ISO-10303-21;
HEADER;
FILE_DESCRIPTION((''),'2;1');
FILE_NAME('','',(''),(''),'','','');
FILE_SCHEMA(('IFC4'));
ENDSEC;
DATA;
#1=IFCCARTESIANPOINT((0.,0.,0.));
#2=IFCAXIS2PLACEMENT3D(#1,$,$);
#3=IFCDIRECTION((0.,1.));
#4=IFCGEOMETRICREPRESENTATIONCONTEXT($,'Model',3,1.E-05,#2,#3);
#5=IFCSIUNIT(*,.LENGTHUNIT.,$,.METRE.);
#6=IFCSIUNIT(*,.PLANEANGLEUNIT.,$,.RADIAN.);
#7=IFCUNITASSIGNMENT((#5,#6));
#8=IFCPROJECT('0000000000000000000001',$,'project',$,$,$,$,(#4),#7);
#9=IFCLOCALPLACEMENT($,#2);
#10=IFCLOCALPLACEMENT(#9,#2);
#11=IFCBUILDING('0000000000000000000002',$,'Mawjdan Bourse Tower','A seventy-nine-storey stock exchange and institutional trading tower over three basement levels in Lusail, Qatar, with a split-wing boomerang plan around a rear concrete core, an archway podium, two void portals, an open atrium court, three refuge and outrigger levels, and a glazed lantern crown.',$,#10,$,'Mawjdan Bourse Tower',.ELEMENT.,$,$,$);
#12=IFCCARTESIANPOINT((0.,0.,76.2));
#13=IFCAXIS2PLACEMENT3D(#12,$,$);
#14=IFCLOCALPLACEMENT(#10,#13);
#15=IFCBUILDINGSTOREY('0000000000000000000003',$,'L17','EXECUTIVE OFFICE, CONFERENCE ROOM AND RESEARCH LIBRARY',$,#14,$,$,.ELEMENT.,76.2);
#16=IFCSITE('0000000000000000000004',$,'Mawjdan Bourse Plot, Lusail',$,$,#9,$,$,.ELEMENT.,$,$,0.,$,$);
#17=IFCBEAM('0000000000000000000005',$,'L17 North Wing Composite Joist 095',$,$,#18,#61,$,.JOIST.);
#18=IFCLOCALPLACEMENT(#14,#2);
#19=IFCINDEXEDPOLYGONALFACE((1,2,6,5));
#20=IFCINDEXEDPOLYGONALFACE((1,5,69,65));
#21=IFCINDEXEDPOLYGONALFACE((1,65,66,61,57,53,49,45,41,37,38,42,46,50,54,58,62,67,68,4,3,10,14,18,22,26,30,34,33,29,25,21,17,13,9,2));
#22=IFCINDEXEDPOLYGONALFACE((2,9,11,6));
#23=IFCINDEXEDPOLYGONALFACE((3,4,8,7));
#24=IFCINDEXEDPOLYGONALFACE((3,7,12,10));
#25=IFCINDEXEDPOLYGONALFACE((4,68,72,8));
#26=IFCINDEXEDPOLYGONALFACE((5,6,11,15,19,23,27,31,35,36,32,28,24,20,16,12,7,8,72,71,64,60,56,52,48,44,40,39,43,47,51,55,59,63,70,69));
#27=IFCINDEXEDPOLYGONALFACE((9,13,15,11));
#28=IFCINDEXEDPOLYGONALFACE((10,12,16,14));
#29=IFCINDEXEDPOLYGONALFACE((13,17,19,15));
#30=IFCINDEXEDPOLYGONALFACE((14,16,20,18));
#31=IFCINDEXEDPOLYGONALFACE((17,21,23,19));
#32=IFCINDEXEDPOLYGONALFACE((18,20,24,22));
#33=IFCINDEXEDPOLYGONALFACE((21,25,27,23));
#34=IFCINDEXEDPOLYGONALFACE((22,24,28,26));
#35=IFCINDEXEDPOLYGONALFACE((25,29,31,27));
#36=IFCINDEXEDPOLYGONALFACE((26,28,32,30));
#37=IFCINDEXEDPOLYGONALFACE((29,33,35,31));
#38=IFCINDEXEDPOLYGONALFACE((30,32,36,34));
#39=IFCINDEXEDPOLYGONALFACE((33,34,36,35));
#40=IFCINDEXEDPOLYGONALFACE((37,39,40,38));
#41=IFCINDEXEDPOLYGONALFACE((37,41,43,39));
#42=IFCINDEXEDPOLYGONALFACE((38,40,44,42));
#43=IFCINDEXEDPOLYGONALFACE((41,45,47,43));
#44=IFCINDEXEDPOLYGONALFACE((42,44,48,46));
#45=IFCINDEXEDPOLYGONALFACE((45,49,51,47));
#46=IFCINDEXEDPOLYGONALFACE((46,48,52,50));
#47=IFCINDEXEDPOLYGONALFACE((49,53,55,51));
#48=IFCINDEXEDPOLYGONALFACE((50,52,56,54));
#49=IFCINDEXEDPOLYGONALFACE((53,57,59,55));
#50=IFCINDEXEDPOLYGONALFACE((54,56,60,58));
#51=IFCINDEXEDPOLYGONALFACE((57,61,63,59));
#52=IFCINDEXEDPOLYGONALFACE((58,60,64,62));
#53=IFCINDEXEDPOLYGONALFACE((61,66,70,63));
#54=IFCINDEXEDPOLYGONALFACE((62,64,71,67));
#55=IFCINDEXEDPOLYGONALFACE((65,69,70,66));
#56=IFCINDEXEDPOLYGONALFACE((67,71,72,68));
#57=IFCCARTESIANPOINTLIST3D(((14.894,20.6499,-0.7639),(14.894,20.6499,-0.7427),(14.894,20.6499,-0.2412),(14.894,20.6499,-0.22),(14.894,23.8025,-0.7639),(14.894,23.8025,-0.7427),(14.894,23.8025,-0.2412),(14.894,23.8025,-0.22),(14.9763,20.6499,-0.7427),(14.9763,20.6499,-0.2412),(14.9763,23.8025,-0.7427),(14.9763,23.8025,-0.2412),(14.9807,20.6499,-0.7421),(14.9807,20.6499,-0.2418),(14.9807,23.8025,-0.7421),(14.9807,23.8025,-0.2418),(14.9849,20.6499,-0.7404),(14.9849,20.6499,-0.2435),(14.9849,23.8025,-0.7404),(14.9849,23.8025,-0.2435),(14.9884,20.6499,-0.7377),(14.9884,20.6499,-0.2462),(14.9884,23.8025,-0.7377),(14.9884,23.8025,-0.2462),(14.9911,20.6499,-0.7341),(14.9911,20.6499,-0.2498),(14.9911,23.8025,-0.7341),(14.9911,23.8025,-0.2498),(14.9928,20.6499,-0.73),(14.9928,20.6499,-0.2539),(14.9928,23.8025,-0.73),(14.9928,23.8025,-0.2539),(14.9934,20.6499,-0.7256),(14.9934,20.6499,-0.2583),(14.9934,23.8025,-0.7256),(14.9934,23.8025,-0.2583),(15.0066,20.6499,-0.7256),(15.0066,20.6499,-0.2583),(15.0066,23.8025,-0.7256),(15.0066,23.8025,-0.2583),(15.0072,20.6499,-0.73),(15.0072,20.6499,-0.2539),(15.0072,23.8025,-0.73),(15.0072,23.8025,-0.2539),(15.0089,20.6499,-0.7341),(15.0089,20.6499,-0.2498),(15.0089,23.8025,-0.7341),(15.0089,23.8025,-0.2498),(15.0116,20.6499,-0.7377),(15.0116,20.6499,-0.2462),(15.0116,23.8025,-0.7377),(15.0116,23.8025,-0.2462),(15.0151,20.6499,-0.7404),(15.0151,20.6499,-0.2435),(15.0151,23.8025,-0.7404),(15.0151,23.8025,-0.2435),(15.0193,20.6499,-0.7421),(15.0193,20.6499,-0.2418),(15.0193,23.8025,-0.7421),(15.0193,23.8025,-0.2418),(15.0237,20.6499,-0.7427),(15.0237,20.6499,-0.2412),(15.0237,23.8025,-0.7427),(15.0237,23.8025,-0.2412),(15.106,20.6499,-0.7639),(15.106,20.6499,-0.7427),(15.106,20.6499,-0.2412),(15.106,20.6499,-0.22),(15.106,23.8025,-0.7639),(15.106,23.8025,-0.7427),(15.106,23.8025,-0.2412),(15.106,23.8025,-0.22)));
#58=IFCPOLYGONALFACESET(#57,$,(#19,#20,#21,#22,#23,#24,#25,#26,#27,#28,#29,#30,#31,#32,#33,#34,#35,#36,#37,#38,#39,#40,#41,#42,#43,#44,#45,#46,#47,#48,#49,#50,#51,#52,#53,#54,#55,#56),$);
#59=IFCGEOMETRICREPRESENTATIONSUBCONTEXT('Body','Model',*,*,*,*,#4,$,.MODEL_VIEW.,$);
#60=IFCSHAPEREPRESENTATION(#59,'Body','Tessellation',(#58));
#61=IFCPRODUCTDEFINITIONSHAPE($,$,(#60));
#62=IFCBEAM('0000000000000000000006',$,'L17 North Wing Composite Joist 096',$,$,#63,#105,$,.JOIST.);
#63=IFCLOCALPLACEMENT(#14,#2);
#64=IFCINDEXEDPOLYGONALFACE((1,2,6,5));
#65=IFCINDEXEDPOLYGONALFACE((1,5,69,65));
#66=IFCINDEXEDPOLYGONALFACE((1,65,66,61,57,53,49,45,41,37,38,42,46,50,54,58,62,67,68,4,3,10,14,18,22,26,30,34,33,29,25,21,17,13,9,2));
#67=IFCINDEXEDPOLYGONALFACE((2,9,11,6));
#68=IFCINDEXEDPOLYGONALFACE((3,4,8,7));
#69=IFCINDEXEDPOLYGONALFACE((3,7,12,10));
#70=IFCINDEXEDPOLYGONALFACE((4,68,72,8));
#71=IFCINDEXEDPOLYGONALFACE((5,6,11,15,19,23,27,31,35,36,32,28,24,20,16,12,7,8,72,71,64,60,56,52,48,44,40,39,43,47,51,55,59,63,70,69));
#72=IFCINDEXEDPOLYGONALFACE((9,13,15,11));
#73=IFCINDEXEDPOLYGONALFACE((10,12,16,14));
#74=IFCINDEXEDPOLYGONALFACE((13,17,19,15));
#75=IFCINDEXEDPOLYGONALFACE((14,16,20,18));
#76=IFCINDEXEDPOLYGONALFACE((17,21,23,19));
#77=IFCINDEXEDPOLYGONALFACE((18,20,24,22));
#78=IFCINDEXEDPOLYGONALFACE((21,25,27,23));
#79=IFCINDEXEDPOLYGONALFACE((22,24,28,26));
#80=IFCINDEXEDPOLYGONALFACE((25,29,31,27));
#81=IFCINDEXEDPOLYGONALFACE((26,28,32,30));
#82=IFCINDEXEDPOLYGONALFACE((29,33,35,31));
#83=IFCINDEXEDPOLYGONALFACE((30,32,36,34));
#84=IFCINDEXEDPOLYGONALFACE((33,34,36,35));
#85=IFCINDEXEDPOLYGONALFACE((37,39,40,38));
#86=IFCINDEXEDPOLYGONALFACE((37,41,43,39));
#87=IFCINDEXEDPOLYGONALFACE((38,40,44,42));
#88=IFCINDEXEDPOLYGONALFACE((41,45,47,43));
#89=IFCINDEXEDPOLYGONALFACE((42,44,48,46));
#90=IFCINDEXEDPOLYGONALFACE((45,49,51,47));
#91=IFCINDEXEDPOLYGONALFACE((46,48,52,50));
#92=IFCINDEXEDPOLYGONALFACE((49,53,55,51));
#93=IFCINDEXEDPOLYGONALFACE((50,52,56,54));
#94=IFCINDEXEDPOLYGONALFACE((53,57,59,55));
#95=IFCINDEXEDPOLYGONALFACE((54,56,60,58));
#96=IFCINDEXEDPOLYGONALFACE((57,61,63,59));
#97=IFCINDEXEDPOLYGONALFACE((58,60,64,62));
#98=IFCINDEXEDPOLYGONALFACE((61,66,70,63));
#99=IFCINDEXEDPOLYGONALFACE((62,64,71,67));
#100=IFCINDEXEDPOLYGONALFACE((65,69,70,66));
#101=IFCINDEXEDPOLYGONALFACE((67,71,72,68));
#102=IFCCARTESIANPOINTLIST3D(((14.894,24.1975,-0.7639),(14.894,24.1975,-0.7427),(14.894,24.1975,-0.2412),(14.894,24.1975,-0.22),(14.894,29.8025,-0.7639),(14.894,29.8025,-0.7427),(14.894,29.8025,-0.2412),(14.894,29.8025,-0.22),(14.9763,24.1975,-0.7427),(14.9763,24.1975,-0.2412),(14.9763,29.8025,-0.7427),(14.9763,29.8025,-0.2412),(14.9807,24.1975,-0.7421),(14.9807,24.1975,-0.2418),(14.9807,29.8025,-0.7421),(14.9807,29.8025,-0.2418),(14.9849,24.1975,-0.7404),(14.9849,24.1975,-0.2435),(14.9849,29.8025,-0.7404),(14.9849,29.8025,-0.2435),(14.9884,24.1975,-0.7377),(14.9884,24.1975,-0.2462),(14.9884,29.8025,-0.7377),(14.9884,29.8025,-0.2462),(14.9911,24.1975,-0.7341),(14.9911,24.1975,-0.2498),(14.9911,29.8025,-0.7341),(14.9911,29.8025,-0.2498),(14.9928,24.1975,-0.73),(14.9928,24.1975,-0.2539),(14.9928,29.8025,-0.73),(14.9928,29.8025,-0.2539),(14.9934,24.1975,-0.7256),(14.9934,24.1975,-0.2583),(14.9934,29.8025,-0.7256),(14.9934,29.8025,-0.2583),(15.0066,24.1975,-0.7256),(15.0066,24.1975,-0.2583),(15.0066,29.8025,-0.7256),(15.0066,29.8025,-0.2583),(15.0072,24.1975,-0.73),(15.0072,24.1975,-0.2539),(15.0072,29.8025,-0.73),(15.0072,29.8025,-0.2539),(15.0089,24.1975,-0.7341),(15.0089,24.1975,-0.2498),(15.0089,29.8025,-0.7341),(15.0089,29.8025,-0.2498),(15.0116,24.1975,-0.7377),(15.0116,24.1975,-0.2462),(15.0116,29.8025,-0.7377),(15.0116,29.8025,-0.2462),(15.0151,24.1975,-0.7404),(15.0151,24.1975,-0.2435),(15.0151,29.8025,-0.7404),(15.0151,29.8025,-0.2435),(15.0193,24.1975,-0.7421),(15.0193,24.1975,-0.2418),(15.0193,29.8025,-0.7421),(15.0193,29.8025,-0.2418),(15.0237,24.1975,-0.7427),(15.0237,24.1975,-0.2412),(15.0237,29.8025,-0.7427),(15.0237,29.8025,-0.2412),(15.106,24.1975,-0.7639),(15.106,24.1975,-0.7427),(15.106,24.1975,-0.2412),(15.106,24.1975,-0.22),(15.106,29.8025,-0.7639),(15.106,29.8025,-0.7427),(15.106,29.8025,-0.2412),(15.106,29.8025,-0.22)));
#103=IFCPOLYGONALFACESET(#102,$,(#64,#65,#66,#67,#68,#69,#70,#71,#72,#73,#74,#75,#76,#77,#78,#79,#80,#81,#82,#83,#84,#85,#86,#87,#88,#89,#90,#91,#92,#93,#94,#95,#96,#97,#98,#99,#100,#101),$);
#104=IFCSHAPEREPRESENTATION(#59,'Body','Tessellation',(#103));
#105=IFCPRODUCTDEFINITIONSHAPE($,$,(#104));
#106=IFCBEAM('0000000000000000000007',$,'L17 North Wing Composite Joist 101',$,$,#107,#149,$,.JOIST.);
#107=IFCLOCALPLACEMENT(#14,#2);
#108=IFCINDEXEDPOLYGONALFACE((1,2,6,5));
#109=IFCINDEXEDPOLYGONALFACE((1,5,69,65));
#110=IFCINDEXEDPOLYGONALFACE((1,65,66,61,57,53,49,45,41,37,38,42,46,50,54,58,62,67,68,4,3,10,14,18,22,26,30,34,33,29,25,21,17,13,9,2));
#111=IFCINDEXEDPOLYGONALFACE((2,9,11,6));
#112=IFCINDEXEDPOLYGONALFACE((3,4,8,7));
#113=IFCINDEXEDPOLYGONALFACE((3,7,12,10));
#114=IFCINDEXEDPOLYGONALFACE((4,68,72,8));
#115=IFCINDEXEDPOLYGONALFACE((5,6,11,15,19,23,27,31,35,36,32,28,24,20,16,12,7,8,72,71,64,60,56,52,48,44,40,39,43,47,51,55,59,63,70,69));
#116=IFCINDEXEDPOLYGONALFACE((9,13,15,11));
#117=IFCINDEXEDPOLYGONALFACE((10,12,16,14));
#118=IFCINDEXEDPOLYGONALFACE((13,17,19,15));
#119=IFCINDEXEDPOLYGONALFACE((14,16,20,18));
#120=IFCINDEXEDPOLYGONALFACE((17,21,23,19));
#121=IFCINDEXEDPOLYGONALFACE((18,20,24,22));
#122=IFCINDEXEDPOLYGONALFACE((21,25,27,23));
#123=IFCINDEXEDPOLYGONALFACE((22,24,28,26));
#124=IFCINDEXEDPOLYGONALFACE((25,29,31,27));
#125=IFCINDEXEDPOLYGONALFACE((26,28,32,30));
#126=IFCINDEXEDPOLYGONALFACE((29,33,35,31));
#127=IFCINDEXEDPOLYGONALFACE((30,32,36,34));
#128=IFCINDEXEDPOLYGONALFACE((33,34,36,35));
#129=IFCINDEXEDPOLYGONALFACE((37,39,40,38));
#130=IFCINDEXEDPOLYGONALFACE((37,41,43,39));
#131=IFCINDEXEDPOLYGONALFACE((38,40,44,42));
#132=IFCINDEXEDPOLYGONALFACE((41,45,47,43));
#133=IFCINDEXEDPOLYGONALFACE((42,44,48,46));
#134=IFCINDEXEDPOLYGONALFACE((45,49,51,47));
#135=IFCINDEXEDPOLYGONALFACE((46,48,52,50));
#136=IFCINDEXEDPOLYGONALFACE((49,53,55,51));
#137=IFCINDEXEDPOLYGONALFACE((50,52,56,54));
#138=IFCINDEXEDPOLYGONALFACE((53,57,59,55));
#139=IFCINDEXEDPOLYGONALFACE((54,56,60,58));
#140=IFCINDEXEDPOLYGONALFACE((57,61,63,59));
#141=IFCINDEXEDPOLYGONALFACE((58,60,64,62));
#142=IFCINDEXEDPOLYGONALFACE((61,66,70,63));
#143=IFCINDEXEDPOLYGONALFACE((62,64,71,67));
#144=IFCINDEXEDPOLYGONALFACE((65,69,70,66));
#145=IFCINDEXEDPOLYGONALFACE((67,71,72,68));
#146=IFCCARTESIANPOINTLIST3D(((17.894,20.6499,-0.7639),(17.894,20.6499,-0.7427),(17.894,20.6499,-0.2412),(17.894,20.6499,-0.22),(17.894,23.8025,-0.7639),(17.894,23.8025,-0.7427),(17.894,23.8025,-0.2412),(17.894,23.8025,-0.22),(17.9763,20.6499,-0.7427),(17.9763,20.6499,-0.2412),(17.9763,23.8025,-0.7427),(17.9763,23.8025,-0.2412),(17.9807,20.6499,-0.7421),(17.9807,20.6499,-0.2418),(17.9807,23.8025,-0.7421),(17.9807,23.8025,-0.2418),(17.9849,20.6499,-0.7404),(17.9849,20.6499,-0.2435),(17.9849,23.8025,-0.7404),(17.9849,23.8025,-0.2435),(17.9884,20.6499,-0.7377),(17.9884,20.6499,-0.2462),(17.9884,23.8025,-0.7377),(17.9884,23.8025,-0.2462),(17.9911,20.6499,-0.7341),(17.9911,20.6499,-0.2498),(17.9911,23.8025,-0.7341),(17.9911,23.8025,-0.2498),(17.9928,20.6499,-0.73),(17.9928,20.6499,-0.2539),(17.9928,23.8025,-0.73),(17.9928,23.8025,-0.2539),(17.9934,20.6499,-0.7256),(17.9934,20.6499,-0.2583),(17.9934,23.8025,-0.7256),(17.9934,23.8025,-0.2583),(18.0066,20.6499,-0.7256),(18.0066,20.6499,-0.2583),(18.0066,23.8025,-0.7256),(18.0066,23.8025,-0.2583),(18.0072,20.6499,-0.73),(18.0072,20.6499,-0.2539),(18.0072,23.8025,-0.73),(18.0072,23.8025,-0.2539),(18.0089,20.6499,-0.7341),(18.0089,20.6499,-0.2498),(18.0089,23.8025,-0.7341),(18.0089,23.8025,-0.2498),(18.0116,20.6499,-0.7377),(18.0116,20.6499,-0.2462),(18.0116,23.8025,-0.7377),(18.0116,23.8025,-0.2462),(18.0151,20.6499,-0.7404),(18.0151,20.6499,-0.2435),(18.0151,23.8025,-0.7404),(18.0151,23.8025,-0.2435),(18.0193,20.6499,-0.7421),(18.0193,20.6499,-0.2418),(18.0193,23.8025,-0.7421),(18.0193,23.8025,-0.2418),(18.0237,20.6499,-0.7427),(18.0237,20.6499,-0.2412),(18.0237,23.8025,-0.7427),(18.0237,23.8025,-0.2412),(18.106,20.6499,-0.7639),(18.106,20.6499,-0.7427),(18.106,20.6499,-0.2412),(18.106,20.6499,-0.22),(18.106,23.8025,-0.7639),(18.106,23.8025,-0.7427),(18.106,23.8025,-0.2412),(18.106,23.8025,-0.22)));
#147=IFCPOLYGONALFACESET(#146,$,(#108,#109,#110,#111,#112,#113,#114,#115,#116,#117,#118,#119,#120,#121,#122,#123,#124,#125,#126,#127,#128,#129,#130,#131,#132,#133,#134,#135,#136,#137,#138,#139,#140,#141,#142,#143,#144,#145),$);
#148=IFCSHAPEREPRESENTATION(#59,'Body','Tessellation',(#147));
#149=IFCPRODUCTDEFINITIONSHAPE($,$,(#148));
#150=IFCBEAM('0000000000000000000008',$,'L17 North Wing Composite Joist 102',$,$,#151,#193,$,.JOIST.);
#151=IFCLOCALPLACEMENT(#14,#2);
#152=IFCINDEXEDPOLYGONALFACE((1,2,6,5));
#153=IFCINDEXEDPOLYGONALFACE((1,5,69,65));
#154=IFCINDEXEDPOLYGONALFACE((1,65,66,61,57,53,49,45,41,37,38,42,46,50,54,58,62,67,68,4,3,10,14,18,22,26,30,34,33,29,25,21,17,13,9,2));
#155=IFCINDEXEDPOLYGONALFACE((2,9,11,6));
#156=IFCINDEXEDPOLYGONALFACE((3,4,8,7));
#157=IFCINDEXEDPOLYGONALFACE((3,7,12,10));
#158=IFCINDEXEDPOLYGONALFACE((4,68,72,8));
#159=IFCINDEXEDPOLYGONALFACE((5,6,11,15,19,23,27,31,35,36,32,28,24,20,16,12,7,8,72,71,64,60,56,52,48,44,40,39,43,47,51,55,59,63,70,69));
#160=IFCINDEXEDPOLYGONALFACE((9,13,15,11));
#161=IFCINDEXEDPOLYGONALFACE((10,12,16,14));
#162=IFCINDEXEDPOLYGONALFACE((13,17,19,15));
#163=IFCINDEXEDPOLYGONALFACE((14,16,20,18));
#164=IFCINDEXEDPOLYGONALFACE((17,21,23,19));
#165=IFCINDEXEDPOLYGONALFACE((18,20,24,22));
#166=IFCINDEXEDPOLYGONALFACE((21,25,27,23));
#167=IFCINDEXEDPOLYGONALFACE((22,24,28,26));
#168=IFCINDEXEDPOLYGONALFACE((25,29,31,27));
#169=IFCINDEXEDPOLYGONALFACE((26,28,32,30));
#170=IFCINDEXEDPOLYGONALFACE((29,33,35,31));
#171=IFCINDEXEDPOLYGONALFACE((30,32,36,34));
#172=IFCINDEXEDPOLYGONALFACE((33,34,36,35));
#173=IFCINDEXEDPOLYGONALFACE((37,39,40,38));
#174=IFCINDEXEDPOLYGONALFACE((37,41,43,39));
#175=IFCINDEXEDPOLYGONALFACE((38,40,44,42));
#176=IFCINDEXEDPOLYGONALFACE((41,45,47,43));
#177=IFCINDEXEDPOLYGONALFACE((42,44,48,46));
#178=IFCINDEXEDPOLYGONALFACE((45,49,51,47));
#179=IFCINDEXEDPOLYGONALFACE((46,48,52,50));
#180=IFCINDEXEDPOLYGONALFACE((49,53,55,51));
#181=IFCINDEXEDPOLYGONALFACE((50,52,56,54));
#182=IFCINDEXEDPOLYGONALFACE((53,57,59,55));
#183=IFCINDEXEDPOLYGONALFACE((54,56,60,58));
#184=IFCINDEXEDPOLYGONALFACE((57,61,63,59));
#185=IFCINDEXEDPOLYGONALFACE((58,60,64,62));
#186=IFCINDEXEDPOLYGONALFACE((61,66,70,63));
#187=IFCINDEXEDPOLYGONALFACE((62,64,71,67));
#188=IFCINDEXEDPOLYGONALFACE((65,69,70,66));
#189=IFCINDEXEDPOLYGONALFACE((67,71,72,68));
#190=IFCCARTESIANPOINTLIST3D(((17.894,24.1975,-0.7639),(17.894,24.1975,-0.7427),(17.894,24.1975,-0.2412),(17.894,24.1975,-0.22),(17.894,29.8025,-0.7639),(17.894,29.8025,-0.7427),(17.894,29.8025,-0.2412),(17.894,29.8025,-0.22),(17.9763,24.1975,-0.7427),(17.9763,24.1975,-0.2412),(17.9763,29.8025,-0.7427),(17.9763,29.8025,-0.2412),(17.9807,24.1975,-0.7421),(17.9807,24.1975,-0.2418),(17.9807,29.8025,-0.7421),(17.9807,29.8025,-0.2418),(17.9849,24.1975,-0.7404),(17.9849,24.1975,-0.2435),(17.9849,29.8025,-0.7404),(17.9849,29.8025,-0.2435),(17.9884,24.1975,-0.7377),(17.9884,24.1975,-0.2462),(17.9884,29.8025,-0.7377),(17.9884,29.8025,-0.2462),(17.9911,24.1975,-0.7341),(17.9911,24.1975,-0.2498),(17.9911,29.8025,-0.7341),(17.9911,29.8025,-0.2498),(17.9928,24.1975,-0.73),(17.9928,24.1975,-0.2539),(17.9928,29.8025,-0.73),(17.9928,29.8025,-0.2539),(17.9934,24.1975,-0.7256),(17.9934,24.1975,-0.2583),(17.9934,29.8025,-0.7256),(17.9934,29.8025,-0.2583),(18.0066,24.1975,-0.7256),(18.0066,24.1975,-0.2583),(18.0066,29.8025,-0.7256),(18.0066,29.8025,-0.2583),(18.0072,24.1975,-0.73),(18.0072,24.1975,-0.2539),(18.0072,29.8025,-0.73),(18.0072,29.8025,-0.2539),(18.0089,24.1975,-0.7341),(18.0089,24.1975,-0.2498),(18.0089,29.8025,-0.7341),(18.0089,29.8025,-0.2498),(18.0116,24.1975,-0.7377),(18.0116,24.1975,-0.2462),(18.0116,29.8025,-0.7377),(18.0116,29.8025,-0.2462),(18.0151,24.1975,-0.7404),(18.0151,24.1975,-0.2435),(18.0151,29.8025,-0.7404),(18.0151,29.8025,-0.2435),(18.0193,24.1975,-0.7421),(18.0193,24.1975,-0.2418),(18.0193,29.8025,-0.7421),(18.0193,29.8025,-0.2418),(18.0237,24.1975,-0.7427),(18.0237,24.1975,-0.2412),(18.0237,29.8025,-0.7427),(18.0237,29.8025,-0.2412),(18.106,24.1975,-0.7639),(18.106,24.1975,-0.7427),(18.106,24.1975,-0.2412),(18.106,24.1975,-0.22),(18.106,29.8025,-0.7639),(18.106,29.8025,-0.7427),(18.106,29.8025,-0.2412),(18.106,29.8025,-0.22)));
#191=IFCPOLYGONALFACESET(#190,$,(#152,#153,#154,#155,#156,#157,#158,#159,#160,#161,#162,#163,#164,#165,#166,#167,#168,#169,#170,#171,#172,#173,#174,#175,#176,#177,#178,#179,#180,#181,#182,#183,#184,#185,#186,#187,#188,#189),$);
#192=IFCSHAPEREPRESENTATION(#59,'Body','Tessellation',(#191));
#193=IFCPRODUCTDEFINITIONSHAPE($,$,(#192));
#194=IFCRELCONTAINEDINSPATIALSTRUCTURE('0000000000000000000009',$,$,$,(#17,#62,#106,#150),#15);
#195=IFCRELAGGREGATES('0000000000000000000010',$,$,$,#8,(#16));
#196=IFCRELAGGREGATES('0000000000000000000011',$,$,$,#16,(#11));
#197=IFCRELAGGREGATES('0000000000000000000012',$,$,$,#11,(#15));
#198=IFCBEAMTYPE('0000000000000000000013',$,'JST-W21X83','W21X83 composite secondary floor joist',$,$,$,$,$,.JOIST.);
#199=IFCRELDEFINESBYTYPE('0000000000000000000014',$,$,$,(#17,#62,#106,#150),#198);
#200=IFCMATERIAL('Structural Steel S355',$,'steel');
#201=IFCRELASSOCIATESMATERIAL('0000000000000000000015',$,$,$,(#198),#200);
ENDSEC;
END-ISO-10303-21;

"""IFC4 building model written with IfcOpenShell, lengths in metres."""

from ifc_helpers import new_model, si_unit, direction, frame, origin, origin_2d, place, context, subcontext, project, spatial, i_section, extrude, material, material_profile, profile_set, type_object, element, save


model = new_model("IFC4")

# Units and contexts
model_context = context("Model", 3, precision=1e-05, world=origin(), true_north=direction((0.0, 1.0)))
body_context = subcontext(model_context, "Body", "Model", "MODEL_VIEW")
ifc_project = project(units=[si_unit("LENGTHUNIT", "METRE"), si_unit("PLANEANGLEUNIT", "RADIAN")], contexts=[model_context])

# Site, building, storey
site_placement = place(None, origin())
site = spatial("IfcSite", under=ifc_project, at=site_placement, Name="Mawjdan Bourse Plot, Lusail", CompositionType="ELEMENT", RefElevation=0.0)
building_placement = place(site_placement, origin())
building = spatial("IfcBuilding", under=site, at=building_placement, Name="Mawjdan Bourse Tower", Description="A seventy-nine-storey stock exchange and institutional trading tower over three basement levels in Lusail, Qatar, with a split-wing boomerang plan around a rear concrete core, an archway podium, two void portals, an open atrium court, three refuge and outrigger levels, and a glazed lantern crown.", LongName="Mawjdan Bourse Tower", CompositionType="ELEMENT")
storey_placement = place(building_placement, frame((0.0, 0.0, 76.2)))
storey = spatial("IfcBuildingStorey", under=building, at=storey_placement, Name="L17", Description="EXECUTIVE OFFICE, CONFERENCE ROOM AND RESEARCH LIBRARY", CompositionType="ELEMENT", Elevation=76.2)

# Beams
ifc_material_1 = material(Name="Structural Steel S355", Category="steel")
ifc_material_profile_1 = material_profile(ifc_material_1, i_section(OverallWidth=0.2119, OverallDepth=0.5439, WebThickness=0.0132, FlangeThickness=0.0212, FilletRadius=0.0171, at=origin_2d()), Name="W21X83")
ifc_profile_set_1 = profile_set([ifc_material_profile_1], Name="Structural Steel S355")
beam_type_1 = type_object("IfcBeamType", Name="JST-W21X83", Description="W21X83 composite secondary floor joist", PredefinedType="JOIST", material=ifc_profile_set_1)
beam_1_placement = place(storey_placement, frame((15.0, 20.6499, -0.4919), z_axis=(0.0, 1.0, 0.0), x_axis=(-1.0, 0.0, 0.0)))
element("IfcBeam", 1, at=beam_1_placement, inside=storey, type_object=beam_type_1, Name="L17 North Wing Composite Joist 095", PredefinedType="JOIST", context=body_context, shape_type="SweptSolid", body=[
    extrude(i_section(OverallWidth=0.2119, OverallDepth=0.5439, WebThickness=0.0132, FlangeThickness=0.0212, FilletRadius=0.0171, at=origin_2d()), origin(), (0.0, 0.0, 1.0), 3.1526),
])
beam_2_placement = place(storey_placement, frame((15.0, 24.1975, -0.4919), z_axis=(0.0, 1.0, 0.0), x_axis=(-1.0, 0.0, 0.0)))
element("IfcBeam", 2, at=beam_2_placement, inside=storey, type_object=beam_type_1, Name="L17 North Wing Composite Joist 096", PredefinedType="JOIST", context=body_context, shape_type="SweptSolid", body=[
    extrude(i_section(OverallWidth=0.2119, OverallDepth=0.5439, WebThickness=0.0132, FlangeThickness=0.0212, FilletRadius=0.0171, at=origin_2d()), origin(), (0.0, 0.0, 1.0), 5.605),
])
beam_3_placement = place(storey_placement, frame((18.0, 20.6499, -0.4919), z_axis=(0.0, 1.0, 0.0), x_axis=(-1.0, 0.0, 0.0)))
element("IfcBeam", 3, at=beam_3_placement, inside=storey, type_object=beam_type_1, Name="L17 North Wing Composite Joist 101", PredefinedType="JOIST", context=body_context, shape_type="SweptSolid", body=[
    extrude(i_section(OverallWidth=0.2119, OverallDepth=0.5439, WebThickness=0.0132, FlangeThickness=0.0212, FilletRadius=0.0171, at=origin_2d()), origin(), (0.0, 0.0, 1.0), 3.1526),
])
beam_4_placement = place(storey_placement, frame((18.0, 24.1975, -0.4919), z_axis=(0.0, 1.0, 0.0), x_axis=(-1.0, 0.0, 0.0)))
element("IfcBeam", 4, at=beam_4_placement, inside=storey, type_object=beam_type_1, Name="L17 North Wing Composite Joist 102", PredefinedType="JOIST", context=body_context, shape_type="SweptSolid", body=[
    extrude(i_section(OverallWidth=0.2119, OverallDepth=0.5439, WebThickness=0.0132, FlangeThickness=0.0212, FilletRadius=0.0171, at=origin_2d()), origin(), (0.0, 0.0, 1.0), 5.605),
])

save(model, "model.ifc")
